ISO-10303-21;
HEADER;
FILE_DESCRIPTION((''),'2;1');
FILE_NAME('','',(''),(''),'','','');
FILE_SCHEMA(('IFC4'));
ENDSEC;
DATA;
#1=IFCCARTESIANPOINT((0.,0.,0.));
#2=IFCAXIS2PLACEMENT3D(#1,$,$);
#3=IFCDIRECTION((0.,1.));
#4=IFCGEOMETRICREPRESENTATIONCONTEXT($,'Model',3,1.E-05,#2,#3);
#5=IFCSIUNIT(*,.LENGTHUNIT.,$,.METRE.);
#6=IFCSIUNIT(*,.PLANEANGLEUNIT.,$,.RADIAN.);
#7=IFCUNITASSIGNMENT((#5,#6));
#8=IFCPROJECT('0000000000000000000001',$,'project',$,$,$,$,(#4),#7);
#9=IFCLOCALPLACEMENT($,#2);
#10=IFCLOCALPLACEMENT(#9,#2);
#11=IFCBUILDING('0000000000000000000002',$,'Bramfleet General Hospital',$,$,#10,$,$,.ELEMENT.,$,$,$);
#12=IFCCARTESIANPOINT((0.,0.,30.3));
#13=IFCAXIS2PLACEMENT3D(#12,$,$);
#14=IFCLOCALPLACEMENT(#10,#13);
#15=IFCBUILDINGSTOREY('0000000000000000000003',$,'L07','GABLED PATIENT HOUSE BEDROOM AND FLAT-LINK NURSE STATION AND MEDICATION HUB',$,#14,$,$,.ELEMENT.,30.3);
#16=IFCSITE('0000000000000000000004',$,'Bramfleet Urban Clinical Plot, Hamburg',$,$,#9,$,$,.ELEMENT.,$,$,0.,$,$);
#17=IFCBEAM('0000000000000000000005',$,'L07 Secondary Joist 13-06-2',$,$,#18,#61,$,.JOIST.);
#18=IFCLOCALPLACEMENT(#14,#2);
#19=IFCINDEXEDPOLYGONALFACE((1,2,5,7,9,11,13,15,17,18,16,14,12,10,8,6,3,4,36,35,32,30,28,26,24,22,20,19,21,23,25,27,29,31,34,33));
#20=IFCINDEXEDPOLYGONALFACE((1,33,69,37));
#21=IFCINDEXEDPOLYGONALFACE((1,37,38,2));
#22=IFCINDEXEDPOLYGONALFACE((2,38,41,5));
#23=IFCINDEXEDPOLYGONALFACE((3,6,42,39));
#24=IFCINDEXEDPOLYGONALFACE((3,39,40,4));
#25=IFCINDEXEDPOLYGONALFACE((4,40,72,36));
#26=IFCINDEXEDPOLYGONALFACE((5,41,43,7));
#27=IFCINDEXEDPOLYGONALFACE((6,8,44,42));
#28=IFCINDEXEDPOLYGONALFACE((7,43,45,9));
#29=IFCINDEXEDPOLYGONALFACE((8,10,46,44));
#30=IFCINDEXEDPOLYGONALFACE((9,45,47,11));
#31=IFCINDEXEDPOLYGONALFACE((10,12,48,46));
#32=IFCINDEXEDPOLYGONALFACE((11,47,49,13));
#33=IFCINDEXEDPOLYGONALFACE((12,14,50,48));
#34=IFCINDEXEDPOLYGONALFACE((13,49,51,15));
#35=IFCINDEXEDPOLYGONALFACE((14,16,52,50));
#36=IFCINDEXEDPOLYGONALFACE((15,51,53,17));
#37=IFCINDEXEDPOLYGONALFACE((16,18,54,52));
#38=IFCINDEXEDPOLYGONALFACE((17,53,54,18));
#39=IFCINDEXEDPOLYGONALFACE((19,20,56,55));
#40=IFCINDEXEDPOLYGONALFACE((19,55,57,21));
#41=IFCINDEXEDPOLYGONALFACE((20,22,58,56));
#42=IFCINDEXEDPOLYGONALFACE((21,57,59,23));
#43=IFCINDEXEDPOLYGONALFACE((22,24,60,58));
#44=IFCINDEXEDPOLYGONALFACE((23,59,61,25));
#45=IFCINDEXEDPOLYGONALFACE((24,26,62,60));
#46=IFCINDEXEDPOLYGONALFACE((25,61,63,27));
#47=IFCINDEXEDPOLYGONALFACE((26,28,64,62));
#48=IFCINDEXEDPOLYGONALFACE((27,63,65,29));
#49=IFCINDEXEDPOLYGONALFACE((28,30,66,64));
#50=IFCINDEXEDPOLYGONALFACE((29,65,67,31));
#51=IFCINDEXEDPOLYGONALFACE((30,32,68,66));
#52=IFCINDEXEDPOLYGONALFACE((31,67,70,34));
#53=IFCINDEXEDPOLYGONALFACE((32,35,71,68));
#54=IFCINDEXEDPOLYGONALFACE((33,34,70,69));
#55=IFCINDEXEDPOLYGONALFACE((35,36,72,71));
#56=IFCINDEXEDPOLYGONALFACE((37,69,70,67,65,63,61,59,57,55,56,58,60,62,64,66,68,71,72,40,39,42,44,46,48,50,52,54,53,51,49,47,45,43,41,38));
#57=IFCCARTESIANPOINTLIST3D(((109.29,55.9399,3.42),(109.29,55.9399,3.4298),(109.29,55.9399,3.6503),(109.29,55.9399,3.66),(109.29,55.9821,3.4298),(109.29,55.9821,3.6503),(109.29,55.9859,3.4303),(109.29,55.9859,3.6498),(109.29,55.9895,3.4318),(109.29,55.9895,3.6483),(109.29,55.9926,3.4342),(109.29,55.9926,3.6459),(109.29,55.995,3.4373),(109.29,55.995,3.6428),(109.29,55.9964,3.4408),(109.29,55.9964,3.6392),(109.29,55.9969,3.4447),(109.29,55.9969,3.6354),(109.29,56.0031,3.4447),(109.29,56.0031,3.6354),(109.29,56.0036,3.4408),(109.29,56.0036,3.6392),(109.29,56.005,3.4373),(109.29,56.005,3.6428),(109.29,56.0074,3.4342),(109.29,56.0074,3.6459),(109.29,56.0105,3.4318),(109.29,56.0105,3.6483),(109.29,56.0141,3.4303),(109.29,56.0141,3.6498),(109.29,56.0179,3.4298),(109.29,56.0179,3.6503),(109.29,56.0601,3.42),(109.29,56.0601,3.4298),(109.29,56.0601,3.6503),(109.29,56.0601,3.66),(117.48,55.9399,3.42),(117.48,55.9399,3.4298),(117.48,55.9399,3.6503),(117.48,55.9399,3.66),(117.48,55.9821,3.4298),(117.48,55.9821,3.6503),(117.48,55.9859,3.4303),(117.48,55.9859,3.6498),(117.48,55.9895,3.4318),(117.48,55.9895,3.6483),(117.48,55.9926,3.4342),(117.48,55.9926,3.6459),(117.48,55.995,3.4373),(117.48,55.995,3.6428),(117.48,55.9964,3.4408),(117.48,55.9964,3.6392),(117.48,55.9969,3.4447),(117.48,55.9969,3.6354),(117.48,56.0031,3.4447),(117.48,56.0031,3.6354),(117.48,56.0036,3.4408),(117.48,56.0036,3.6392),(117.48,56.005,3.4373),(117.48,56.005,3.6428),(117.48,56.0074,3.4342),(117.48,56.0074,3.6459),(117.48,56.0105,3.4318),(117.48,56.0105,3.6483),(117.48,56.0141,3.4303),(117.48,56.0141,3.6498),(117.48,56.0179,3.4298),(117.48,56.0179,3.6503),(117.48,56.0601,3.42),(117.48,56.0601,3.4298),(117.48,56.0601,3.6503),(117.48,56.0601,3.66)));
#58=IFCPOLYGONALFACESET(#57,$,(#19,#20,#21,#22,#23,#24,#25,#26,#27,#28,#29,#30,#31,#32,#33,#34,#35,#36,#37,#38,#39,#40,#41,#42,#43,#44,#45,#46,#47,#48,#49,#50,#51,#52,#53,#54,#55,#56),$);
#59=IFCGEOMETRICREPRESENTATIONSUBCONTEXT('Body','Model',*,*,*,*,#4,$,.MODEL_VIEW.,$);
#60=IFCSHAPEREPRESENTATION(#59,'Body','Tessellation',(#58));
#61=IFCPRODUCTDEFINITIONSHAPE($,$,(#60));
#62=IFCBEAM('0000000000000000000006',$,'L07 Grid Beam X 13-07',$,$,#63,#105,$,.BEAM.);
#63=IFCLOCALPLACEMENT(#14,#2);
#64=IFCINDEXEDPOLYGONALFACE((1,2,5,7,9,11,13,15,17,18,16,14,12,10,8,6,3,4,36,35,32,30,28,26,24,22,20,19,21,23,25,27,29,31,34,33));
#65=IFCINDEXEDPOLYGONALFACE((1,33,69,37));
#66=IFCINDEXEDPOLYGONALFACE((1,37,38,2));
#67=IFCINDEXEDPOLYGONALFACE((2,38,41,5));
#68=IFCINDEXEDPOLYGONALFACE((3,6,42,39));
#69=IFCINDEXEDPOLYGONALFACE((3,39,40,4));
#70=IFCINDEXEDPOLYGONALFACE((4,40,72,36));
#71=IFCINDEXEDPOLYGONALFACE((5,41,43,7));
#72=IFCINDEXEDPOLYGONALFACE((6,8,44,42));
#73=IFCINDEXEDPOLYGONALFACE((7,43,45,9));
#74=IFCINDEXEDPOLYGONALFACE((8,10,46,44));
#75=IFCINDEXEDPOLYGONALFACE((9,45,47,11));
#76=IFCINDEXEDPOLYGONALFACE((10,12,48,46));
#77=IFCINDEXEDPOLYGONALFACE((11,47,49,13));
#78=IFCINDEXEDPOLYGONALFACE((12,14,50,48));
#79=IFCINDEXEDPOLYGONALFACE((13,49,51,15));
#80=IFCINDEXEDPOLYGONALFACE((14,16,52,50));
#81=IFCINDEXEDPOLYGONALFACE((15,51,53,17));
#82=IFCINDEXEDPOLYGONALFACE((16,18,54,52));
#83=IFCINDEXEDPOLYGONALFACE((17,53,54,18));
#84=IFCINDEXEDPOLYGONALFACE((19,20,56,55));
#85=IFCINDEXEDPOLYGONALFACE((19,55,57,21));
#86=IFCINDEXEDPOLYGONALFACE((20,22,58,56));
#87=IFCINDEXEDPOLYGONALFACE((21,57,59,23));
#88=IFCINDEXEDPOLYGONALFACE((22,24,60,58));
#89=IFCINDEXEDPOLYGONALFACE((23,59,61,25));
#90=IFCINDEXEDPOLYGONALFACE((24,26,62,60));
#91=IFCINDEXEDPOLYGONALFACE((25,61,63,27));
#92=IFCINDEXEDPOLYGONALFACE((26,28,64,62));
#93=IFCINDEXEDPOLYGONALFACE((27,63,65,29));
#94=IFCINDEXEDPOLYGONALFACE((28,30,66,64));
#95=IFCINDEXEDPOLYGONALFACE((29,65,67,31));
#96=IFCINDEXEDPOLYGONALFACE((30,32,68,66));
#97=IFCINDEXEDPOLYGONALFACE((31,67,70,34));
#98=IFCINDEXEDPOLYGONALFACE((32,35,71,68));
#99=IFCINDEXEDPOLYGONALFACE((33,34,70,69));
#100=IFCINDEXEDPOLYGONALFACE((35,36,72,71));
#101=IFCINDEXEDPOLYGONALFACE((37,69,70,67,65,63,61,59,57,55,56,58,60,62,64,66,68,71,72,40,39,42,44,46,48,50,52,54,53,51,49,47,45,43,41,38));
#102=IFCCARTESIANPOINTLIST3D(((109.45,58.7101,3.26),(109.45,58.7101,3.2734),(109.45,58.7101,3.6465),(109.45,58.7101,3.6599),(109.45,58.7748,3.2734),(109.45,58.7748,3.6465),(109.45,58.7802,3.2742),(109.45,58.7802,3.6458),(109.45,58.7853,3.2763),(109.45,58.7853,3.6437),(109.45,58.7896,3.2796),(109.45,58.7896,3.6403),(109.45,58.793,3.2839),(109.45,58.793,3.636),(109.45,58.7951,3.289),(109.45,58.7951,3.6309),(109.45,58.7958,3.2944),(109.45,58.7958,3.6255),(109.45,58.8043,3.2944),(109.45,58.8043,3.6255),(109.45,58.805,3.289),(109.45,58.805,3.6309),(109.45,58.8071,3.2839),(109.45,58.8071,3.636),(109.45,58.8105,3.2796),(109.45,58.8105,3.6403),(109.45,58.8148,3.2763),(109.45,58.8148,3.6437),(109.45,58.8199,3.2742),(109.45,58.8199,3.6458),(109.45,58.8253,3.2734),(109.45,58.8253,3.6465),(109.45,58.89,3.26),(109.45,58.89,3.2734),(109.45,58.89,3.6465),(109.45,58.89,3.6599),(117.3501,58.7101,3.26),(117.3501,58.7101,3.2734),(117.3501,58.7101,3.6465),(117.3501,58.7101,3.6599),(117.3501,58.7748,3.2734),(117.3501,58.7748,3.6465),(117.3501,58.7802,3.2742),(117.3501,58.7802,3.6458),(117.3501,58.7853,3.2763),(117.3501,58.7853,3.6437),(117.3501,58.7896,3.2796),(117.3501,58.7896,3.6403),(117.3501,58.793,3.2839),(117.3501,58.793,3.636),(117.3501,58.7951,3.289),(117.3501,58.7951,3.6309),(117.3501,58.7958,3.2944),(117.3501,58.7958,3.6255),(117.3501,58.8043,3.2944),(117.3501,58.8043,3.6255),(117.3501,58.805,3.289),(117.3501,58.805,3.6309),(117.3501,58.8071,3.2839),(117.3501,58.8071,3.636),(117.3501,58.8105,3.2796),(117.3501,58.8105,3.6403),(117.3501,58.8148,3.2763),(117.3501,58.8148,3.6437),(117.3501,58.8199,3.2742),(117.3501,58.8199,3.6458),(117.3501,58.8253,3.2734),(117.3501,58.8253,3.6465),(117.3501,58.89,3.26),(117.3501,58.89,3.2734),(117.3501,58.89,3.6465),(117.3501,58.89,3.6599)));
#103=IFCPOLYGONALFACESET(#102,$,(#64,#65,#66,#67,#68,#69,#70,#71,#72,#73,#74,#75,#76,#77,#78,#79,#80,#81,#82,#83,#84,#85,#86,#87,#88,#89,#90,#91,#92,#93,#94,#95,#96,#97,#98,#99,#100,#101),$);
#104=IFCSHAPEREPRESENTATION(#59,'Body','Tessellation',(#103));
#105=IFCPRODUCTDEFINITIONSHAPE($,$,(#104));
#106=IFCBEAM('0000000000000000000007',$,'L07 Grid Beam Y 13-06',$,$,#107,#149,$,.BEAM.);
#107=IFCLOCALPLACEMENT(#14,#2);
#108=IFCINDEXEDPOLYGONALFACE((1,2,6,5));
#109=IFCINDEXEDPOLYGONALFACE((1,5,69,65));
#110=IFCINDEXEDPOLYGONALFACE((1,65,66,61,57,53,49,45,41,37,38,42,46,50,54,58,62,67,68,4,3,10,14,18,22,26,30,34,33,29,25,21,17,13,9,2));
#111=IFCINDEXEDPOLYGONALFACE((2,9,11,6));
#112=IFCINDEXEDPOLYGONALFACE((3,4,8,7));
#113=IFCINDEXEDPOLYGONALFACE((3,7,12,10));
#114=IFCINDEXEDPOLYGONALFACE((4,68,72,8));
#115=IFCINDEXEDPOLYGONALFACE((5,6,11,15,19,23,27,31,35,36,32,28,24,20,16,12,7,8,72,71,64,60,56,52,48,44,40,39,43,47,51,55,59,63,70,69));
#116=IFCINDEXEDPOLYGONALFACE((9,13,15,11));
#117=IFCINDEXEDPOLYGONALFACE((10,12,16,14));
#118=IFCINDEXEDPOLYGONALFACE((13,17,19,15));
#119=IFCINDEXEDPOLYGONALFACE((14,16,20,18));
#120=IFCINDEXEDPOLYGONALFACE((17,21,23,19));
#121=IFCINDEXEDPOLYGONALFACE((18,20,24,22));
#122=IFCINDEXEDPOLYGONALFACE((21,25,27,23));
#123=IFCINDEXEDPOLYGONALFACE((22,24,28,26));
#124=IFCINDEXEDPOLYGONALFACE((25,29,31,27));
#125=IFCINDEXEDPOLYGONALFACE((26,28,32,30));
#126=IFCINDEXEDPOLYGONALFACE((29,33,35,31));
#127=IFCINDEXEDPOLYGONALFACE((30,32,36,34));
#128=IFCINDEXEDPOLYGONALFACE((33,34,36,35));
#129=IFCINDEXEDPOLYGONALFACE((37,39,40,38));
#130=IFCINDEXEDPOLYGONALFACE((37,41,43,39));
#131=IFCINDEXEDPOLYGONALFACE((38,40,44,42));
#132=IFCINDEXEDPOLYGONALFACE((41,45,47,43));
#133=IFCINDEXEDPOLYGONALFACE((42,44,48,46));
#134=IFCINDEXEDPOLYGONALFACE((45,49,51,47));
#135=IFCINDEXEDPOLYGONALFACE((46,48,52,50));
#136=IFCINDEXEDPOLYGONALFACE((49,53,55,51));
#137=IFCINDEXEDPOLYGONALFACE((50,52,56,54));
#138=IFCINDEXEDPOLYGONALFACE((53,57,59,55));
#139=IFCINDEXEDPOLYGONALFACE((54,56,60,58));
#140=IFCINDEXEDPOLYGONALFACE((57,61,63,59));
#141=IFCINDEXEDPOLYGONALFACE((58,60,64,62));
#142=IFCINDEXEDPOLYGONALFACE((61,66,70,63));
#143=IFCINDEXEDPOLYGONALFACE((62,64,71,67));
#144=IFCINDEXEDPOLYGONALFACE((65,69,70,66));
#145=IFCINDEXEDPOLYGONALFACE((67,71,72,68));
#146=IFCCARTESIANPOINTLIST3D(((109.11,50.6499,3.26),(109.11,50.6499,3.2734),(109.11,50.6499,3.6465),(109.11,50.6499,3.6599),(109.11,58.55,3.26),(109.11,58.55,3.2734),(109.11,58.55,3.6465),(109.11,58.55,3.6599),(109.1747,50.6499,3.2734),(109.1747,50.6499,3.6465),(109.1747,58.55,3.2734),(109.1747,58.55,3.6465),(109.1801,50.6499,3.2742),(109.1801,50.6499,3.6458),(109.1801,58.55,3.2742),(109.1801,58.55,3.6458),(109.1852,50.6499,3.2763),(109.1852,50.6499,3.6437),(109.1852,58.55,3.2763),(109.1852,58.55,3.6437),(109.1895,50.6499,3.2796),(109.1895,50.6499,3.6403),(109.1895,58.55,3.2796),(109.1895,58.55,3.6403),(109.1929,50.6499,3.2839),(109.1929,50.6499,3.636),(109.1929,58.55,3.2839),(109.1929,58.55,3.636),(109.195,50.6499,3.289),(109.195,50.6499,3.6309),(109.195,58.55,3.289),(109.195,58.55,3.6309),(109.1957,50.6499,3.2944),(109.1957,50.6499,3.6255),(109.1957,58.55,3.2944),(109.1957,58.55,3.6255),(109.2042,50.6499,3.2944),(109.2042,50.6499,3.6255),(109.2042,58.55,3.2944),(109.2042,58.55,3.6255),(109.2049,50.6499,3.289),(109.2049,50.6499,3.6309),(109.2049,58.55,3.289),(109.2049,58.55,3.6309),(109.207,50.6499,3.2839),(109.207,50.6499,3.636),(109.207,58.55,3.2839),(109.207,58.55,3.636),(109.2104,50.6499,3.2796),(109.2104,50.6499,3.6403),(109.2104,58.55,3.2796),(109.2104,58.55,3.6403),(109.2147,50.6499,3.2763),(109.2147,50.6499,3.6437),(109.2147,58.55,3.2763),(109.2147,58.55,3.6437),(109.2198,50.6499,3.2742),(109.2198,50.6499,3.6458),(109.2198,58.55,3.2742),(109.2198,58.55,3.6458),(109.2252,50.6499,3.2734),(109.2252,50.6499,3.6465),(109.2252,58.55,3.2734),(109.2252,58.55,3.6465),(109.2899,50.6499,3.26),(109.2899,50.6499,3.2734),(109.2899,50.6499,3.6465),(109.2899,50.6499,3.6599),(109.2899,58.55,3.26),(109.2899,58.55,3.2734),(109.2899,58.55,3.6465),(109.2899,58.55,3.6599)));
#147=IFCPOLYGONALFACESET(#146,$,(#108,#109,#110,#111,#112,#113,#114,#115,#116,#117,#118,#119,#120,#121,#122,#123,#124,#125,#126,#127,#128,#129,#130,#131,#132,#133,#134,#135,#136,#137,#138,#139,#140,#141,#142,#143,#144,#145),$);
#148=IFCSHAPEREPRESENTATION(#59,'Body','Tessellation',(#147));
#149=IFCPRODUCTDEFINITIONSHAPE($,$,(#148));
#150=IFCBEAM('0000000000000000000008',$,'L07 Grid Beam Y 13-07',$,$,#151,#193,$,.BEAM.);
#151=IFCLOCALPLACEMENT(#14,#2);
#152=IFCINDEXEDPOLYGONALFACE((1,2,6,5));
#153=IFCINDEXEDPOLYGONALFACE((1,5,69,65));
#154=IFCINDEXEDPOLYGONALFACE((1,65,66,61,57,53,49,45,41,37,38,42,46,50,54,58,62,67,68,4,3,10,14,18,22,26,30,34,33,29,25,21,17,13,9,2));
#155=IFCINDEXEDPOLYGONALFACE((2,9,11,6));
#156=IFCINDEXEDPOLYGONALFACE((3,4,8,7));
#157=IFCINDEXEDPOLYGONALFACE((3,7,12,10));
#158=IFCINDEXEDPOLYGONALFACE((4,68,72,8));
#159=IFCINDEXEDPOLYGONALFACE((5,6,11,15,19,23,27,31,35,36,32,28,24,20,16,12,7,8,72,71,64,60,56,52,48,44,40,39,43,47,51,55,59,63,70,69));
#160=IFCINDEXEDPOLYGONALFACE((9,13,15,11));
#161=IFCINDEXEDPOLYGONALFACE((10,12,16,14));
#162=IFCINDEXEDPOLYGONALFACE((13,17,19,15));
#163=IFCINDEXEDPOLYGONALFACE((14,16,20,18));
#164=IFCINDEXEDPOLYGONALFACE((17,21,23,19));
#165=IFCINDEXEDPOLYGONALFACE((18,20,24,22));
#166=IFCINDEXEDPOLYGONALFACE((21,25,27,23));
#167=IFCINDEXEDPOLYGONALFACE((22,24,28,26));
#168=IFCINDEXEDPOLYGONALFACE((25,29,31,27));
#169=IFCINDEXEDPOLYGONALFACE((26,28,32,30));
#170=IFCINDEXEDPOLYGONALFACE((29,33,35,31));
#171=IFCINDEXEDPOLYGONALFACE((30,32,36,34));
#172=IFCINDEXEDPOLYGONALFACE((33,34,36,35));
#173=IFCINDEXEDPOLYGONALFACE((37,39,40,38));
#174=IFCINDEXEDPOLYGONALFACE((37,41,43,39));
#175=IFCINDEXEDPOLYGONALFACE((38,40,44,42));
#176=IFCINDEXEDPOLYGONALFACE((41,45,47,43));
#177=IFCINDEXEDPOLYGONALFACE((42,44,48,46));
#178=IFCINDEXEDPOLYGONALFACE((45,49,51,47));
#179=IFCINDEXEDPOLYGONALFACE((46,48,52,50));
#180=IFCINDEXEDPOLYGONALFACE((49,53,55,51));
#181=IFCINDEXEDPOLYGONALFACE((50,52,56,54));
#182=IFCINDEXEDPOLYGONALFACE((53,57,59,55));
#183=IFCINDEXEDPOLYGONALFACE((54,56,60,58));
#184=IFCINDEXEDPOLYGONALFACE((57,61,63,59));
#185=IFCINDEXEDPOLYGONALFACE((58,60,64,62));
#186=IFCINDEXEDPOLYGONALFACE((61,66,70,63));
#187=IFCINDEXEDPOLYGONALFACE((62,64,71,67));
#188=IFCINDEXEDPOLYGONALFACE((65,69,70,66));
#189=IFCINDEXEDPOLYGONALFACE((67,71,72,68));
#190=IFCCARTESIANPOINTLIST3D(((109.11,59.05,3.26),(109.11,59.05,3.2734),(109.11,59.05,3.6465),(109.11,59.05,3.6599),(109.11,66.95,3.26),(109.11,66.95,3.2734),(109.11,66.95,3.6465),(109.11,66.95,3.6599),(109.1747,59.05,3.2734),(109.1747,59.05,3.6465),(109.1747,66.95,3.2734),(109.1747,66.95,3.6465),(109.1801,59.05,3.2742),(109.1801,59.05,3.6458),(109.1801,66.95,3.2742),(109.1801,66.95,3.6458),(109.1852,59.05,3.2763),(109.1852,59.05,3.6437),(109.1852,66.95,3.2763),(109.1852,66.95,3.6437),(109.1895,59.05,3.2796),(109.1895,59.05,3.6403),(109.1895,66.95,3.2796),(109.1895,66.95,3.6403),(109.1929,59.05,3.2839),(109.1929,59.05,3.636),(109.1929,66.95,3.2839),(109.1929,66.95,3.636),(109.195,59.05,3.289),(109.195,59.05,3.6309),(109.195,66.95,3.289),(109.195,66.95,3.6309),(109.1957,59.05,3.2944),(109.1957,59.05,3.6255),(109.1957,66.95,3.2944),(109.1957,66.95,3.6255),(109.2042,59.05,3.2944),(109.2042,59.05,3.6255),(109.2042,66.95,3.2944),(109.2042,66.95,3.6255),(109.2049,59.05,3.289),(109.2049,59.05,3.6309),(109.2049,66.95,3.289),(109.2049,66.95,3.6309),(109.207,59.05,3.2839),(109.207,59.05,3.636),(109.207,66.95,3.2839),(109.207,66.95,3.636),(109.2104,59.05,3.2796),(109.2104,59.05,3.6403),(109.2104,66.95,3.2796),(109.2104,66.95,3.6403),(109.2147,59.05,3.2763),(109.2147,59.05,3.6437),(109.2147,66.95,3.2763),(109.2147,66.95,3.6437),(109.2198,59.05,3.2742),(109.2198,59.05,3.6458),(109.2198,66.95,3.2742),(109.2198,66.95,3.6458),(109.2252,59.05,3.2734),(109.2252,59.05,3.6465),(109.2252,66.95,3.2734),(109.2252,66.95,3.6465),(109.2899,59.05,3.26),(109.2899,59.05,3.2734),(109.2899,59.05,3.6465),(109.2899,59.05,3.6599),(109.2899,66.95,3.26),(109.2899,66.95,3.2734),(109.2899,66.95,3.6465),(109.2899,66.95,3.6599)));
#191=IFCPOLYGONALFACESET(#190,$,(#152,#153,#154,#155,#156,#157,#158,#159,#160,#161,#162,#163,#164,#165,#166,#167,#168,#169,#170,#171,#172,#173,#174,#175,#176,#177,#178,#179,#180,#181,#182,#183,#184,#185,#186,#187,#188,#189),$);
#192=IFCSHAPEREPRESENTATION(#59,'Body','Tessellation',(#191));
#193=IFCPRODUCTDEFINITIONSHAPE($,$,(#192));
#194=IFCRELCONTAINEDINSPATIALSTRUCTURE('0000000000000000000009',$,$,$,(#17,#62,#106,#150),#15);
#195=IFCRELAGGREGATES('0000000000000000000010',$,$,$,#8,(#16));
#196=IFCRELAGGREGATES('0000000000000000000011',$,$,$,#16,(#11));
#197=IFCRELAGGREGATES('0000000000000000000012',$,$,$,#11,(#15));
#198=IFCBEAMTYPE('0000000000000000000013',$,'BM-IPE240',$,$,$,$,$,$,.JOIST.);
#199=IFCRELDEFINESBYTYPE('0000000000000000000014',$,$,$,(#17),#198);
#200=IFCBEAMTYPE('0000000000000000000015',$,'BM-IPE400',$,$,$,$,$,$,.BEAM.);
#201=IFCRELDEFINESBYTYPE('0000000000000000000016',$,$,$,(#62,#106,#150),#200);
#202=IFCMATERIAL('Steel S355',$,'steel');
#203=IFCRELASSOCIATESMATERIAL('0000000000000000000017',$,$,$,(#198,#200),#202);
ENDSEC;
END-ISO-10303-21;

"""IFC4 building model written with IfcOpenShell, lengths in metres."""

from ifc_helpers import new_model, si_unit, direction, frame, origin, origin_2d, place, context, subcontext, project, spatial, i_section, extrude, material, material_profile, profile_set, type_object, element, save


model = new_model("IFC4")

# Units and contexts
model_context = context("Model", 3, precision=1e-05, world=origin(), true_north=direction((0.0, 1.0)))
body_context = subcontext(model_context, "Body", "Model", "MODEL_VIEW")
ifc_project = project(units=[si_unit("LENGTHUNIT", "METRE"), si_unit("PLANEANGLEUNIT", "RADIAN")], contexts=[model_context])

# Site, building, storey
site_placement = place(None, origin())
site = spatial("IfcSite", under=ifc_project, at=site_placement, Name="Bramfleet Urban Clinical Plot, Hamburg", CompositionType="ELEMENT", RefElevation=0.0)
building_placement = place(site_placement, origin())
building = spatial("IfcBuilding", under=site, at=building_placement, Name="Bramfleet General Hospital", CompositionType="ELEMENT")
storey_placement = place(building_placement, frame((0.0, 0.0, 30.3)))
storey = spatial("IfcBuildingStorey", under=building, at=storey_placement, Name="L07", Description="GABLED PATIENT HOUSE BEDROOM AND FLAT-LINK NURSE STATION AND MEDICATION HUB", CompositionType="ELEMENT", Elevation=30.3)

# Beams
ifc_material_1 = material(Name="Steel S355", Category="steel")
ifc_material_profile_1 = material_profile(ifc_material_1, i_section(OverallWidth=0.1201, OverallDepth=0.24, WebThickness=0.0061, FlangeThickness=0.0098, FilletRadius=0.0149, at=origin_2d()), Name="IPE 240")
ifc_profile_set_1 = profile_set([ifc_material_profile_1], Name="Steel S355")
beam_type_1 = type_object("IfcBeamType", Name="BM-IPE240", PredefinedType="JOIST", material=ifc_profile_set_1)
for number, where, z_axis, x_axis, name in (
    (1, (109.29, 56.0, 3.54), (1.0, 0.0, 0.0), (0.0, 1.0, 0.0), "L07 Secondary Joist 13-06-2"),
):
    element("IfcBeam", number, at=place(storey_placement, frame(where, z_axis=z_axis, x_axis=x_axis)), inside=storey, type_object=beam_type_1, Name=name, PredefinedType="JOIST", context=body_context, shape_type="SweptSolid", body=[
        extrude(i_section(OverallWidth=0.1201, OverallDepth=0.24, WebThickness=0.0061, FlangeThickness=0.0098, FilletRadius=0.0149, at=origin_2d()), origin(), (0.0, 0.0, 1.0), 8.1899),
    ])
ifc_material_profile_2 = material_profile(ifc_material_1, i_section(OverallWidth=0.1799, OverallDepth=0.3999, WebThickness=0.0085, FlangeThickness=0.0134, FilletRadius=0.021, at=origin_2d()), Name="IPE 400")
ifc_profile_set_2 = profile_set([ifc_material_profile_2], Name="Steel S355")
beam_type_2 = type_object("IfcBeamType", Name="BM-IPE400", PredefinedType="BEAM", material=ifc_profile_set_2)
for number, where, z_axis, x_axis, name in (
    (2, (109.45, 58.8, 3.46), (1.0, 0.0, 0.0), (0.0, 1.0, 0.0), "L07 Grid Beam X 13-07"),
    (3, (109.2, 50.6499, 3.46), (0.0, 1.0, 0.0), (-1.0, 0.0, 0.0), "L07 Grid Beam Y 13-06"),
):
    element("IfcBeam", number, at=place(storey_placement, frame(where, z_axis=z_axis, x_axis=x_axis)), inside=storey, type_object=beam_type_2, Name=name, PredefinedType="BEAM", context=body_context, shape_type="SweptSolid", body=[
        extrude(i_section(OverallWidth=0.1799, OverallDepth=0.3999, WebThickness=0.0085, FlangeThickness=0.0134, FilletRadius=0.021, at=origin_2d()), origin(), (0.0, 0.0, 1.0), 7.9001),
    ])
beam_1_placement = place(storey_placement, frame((109.2, 59.05, 3.46), z_axis=(0.0, 1.0, 0.0), x_axis=(-1.0, 0.0, 0.0)))
element("IfcBeam", 4, at=beam_1_placement, inside=storey, type_object=beam_type_2, Name="L07 Grid Beam Y 13-07", PredefinedType="BEAM", context=body_context, shape_type="SweptSolid", body=[
    extrude(i_section(OverallWidth=0.1799, OverallDepth=0.3999, WebThickness=0.0085, FlangeThickness=0.0134, FilletRadius=0.021, at=origin_2d()), origin(), (0.0, 0.0, 1.0), 7.8999),
])

save(model, "model.ifc")
